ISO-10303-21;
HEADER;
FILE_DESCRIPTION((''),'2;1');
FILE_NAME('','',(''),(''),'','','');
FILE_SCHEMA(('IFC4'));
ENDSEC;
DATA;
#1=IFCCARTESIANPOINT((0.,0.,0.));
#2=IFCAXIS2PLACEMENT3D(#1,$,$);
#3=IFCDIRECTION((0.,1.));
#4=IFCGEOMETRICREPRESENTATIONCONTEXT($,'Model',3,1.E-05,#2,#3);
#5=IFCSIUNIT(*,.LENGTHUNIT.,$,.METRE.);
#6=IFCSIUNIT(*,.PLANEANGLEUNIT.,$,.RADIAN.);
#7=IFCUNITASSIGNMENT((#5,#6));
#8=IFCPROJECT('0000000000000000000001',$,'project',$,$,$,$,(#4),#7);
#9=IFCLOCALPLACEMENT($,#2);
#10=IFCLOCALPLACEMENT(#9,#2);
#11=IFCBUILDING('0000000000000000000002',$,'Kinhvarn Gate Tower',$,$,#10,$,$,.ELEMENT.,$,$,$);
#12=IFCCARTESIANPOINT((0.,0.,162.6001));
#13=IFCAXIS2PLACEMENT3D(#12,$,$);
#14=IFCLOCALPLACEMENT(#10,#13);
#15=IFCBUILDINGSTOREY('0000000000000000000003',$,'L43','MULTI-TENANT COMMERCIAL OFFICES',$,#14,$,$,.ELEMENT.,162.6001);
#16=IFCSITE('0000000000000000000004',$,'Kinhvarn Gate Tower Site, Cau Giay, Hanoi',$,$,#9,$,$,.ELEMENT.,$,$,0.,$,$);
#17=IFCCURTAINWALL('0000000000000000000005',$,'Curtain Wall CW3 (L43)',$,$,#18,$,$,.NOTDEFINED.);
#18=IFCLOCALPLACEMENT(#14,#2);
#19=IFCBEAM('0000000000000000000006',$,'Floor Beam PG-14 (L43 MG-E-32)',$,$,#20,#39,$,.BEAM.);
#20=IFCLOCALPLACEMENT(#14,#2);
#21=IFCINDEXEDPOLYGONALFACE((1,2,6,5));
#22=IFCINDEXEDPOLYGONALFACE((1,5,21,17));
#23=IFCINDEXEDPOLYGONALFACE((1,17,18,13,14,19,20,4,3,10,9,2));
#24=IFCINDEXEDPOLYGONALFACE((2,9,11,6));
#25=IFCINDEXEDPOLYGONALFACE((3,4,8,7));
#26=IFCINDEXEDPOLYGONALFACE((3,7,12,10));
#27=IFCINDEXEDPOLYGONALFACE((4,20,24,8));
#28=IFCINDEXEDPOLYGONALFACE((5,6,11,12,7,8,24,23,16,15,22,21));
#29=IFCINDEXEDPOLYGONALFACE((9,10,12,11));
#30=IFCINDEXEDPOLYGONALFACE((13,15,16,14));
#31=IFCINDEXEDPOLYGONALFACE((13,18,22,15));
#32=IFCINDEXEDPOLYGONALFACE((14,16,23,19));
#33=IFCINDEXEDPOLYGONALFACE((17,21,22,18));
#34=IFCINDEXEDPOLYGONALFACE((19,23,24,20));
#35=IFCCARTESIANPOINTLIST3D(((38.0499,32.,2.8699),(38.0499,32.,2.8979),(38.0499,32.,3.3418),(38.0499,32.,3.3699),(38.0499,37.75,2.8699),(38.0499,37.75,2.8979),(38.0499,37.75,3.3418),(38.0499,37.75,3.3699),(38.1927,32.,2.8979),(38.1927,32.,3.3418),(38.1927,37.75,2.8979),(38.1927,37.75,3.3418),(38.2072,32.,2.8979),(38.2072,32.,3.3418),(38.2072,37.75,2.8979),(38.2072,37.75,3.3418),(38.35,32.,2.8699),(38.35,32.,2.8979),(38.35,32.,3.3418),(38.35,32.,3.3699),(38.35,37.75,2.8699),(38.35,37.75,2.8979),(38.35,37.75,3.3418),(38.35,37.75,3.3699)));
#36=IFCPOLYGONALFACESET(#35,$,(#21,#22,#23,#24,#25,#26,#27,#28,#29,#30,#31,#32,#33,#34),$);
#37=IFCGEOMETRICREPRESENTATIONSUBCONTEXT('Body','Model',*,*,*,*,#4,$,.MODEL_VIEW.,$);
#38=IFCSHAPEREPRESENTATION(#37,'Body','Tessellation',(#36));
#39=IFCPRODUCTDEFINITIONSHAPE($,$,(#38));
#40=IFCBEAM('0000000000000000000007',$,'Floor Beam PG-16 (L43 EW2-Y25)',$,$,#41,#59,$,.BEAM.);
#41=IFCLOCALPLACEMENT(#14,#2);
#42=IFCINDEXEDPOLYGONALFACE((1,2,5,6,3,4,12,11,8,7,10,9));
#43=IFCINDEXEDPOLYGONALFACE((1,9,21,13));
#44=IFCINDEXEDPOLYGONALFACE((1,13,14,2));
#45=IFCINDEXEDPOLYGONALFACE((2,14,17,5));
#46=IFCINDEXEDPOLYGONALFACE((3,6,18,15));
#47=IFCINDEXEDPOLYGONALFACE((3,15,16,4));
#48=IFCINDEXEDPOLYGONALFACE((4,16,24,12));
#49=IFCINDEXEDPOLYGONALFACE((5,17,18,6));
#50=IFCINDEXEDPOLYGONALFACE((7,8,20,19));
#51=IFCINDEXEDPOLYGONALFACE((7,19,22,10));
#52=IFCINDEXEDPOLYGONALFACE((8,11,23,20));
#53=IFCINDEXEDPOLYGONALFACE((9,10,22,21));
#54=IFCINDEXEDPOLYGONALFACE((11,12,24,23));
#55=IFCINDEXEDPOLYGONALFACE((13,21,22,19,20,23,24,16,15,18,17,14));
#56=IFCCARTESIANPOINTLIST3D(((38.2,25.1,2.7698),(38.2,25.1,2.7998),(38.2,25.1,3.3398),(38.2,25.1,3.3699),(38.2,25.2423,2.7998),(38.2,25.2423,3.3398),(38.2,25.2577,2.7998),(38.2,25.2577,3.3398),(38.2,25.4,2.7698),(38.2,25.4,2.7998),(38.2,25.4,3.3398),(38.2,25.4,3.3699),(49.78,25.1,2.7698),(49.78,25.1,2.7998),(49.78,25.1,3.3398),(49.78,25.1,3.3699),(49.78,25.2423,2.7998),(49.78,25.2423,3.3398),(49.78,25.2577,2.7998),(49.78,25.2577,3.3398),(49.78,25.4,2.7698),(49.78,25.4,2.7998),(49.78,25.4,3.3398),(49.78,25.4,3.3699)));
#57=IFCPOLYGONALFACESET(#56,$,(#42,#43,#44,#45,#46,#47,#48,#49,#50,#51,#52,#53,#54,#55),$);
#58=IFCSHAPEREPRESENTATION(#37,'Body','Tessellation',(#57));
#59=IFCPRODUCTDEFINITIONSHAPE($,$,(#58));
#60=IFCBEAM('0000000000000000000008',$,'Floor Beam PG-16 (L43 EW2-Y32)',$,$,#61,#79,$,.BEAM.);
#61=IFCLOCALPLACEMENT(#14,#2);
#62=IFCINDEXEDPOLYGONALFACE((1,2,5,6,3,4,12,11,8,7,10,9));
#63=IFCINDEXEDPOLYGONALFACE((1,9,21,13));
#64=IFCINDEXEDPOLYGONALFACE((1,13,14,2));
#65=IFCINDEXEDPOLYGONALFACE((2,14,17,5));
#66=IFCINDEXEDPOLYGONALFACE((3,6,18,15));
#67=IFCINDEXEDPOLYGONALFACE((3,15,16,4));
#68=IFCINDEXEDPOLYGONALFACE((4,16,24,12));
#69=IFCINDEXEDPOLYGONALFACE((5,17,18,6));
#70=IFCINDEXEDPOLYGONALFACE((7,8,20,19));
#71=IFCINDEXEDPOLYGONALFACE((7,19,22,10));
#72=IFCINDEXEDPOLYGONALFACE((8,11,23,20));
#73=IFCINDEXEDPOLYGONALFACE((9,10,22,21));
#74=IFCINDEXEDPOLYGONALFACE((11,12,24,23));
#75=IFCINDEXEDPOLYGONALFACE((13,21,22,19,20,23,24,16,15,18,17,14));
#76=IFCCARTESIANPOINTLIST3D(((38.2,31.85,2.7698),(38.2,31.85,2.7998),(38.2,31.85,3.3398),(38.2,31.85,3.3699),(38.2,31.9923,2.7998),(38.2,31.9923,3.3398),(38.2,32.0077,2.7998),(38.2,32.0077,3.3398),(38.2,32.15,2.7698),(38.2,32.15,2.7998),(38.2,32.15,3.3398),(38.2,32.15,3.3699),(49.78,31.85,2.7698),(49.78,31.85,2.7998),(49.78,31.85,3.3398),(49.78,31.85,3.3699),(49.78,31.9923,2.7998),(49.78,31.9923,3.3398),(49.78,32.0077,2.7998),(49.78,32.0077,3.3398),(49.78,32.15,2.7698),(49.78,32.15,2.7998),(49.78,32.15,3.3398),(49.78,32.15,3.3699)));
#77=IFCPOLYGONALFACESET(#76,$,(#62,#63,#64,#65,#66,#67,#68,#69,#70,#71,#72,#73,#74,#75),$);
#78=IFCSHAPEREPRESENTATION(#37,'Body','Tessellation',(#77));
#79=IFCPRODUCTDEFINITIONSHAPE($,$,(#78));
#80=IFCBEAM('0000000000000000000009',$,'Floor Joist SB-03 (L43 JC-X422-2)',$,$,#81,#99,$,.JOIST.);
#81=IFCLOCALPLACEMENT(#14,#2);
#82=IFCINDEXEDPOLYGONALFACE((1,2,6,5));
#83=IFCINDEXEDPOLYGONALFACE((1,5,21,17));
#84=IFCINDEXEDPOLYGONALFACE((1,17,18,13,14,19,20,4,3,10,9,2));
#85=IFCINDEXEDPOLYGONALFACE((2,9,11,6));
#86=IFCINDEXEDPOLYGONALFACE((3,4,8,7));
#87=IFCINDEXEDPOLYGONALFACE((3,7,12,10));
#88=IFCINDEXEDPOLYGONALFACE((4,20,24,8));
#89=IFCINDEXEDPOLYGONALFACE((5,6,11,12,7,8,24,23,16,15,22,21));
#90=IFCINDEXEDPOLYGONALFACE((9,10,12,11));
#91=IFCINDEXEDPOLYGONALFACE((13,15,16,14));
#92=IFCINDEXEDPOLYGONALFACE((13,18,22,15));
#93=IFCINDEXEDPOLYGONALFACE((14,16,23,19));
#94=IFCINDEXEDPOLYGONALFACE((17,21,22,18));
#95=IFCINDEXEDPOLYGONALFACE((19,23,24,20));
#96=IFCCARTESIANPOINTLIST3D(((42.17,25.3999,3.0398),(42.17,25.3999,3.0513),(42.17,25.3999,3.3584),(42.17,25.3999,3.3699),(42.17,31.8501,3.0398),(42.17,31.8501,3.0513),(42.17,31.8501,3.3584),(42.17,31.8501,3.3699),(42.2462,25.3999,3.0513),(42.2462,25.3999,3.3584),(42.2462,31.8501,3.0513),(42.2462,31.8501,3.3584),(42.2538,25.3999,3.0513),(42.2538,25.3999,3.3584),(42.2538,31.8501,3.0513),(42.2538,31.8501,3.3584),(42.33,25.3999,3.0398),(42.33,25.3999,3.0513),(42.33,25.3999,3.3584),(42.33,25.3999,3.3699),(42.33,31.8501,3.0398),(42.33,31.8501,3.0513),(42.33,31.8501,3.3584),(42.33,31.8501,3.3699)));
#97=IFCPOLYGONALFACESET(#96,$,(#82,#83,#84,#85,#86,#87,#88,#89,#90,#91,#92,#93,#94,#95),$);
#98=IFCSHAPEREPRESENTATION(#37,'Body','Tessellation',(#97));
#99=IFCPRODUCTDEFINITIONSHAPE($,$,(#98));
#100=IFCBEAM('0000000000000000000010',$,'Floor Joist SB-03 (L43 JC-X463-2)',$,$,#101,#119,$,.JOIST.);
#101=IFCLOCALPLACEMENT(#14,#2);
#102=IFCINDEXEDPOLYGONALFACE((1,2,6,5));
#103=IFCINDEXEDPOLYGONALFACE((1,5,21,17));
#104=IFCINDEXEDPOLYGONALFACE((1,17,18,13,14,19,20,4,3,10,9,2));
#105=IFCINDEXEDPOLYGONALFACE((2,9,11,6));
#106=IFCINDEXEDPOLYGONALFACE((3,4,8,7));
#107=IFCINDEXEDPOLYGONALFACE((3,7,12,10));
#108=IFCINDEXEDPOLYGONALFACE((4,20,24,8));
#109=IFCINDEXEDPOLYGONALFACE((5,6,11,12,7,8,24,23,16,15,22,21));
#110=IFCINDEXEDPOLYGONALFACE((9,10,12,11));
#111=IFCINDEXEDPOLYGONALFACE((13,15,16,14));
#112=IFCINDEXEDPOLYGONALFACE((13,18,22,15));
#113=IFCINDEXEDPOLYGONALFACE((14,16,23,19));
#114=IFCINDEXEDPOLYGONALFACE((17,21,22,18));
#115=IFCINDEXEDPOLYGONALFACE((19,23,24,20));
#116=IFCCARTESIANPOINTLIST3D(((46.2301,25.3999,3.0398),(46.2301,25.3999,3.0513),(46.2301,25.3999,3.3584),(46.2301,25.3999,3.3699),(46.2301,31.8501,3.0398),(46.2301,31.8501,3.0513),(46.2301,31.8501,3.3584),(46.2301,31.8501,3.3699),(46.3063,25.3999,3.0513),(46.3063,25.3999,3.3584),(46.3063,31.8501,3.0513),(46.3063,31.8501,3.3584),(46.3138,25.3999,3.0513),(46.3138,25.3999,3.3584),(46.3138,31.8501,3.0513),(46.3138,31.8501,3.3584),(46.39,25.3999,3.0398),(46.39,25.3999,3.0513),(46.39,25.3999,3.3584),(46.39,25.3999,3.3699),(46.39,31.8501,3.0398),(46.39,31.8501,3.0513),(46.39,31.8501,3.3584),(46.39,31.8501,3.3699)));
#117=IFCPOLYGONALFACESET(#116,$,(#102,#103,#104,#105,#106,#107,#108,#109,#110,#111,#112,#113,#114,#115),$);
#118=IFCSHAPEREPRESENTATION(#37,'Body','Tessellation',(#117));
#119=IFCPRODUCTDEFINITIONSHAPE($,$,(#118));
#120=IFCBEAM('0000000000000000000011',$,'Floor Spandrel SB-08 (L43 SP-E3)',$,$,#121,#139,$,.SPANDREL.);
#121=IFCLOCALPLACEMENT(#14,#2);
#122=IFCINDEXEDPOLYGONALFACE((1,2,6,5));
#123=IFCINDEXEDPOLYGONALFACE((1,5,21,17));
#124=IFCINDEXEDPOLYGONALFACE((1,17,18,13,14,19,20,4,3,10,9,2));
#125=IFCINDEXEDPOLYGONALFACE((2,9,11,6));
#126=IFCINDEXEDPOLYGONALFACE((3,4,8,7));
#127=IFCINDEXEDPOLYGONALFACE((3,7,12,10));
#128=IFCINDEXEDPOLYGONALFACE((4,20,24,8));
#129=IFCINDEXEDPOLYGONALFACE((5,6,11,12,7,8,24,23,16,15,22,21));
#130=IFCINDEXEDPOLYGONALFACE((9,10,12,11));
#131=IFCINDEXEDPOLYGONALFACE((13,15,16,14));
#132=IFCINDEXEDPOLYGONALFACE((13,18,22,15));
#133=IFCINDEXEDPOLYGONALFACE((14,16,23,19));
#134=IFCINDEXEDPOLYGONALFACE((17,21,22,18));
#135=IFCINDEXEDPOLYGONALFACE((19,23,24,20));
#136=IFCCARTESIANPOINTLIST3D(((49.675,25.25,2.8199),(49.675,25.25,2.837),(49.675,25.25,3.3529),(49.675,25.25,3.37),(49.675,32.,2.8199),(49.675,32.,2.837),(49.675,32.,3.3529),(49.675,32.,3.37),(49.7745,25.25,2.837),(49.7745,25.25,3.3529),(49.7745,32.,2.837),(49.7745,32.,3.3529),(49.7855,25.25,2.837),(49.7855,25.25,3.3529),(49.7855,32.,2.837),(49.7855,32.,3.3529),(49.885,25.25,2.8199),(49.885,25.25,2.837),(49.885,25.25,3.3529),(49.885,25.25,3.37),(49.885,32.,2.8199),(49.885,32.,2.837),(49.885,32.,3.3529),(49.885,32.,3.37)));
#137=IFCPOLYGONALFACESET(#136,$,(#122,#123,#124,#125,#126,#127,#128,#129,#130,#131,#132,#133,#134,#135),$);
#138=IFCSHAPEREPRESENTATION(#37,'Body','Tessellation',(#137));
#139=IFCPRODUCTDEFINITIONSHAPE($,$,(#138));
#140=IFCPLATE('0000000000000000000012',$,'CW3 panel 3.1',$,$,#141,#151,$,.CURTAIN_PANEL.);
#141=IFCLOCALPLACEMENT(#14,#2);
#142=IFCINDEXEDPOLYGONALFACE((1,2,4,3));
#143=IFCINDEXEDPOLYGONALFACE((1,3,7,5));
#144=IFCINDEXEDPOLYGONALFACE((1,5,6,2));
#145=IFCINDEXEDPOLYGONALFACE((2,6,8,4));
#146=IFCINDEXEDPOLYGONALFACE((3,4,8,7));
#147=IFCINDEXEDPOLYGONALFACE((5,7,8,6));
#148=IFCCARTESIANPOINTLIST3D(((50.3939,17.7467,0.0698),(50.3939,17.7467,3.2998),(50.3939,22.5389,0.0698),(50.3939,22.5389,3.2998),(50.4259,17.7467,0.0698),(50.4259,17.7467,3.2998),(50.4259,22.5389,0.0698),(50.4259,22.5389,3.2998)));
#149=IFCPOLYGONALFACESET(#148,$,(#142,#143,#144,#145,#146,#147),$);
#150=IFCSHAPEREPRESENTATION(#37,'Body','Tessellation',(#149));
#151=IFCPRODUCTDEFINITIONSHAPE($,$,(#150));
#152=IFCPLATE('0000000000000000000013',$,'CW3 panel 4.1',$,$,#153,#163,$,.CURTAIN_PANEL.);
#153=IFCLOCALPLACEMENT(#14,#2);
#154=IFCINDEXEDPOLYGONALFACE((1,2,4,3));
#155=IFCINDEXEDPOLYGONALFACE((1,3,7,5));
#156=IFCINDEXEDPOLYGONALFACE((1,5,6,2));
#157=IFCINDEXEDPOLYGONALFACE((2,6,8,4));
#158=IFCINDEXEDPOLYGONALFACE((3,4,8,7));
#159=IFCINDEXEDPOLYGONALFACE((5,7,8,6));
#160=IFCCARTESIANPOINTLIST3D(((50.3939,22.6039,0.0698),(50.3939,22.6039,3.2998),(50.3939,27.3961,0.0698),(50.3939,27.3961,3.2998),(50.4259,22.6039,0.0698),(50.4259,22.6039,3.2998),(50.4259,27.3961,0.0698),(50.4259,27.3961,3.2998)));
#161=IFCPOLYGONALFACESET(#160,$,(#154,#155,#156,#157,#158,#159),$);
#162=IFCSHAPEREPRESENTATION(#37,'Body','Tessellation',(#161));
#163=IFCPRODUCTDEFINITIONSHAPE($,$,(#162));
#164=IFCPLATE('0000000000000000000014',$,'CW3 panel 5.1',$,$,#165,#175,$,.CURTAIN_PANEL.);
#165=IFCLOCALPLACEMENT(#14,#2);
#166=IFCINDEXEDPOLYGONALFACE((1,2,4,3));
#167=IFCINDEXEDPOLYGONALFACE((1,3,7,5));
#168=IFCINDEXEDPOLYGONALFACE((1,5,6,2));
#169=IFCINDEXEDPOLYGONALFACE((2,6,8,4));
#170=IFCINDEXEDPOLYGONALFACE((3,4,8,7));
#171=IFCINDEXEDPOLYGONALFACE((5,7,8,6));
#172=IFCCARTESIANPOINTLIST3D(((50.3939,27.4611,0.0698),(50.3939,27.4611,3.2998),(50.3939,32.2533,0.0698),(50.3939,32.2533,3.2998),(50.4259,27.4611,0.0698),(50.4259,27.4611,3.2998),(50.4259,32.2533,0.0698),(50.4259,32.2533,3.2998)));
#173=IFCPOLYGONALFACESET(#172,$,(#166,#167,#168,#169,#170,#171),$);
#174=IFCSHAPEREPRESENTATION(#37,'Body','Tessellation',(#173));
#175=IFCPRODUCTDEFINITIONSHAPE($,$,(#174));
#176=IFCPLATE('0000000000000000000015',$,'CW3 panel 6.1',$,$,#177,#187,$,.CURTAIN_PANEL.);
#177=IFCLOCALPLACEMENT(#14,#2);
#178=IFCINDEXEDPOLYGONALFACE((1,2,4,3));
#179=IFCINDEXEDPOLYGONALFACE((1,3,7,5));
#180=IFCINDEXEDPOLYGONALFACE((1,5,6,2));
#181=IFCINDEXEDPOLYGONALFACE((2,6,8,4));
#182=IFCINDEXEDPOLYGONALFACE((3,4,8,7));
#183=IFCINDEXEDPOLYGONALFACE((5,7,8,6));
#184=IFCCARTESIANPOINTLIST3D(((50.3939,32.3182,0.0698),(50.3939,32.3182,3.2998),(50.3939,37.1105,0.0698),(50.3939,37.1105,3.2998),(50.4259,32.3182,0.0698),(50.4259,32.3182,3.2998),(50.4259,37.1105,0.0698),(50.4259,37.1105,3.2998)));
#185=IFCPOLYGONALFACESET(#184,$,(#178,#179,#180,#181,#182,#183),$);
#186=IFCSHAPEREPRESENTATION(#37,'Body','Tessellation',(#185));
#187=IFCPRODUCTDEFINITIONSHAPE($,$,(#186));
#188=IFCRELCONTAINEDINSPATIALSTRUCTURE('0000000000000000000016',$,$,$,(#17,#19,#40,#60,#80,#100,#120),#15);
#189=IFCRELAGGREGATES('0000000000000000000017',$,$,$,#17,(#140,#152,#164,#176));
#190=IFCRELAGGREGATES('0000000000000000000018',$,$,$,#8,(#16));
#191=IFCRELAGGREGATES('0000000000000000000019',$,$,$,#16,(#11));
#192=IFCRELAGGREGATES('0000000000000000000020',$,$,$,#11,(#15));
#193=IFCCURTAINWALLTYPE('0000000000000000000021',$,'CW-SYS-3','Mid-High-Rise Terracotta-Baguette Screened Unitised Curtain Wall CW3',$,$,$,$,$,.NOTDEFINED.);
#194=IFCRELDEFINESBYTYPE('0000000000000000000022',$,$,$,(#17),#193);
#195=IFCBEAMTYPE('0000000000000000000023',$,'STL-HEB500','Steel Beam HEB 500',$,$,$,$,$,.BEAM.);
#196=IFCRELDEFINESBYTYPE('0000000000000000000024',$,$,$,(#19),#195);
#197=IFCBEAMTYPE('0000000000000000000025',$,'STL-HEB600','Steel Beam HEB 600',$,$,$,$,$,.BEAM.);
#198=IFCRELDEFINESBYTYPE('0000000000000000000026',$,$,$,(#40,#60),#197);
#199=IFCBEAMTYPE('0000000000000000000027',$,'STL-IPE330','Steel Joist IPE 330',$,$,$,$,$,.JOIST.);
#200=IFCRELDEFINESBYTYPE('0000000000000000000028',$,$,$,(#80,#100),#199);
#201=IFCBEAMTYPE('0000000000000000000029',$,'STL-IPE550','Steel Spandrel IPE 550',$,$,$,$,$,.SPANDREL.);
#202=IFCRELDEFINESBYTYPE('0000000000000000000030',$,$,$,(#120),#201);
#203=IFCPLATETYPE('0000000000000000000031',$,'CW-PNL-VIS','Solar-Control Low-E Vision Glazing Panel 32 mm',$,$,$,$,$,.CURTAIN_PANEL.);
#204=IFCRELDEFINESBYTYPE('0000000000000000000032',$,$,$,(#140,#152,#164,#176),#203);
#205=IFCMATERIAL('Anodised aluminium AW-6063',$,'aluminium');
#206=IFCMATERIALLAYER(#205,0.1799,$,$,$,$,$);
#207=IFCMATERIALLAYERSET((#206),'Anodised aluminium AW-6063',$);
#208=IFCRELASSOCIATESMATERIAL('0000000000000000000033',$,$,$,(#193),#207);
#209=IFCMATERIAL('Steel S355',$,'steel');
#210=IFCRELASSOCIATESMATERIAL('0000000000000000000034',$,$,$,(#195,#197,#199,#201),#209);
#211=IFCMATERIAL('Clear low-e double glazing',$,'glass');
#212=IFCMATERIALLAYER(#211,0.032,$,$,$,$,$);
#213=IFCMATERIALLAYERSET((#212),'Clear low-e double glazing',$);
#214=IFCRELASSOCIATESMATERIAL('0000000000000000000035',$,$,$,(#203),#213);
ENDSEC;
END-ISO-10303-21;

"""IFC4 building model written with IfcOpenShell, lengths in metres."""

from ifc_helpers import new_model, si_unit, direction, frame, origin, origin_2d, place, context, subcontext, project, spatial, rectangle, i_section, extrude, material, layer, layer_set, material_profile, profile_set, type_object, element, aggregate, save


model = new_model("IFC4")

# Units and contexts
model_context = context("Model", 3, precision=1e-05, world=origin(), true_north=direction((0.0, 1.0)))
body_context = subcontext(model_context, "Body", "Model", "MODEL_VIEW")
ifc_project = project(units=[si_unit("LENGTHUNIT", "METRE"), si_unit("PLANEANGLEUNIT", "RADIAN")], contexts=[model_context])

# Site, building, storey
site_placement = place(None, origin())
site = spatial("IfcSite", under=ifc_project, at=site_placement, Name="Kinhvarn Gate Tower Site, Cau Giay, Hanoi", CompositionType="ELEMENT", RefElevation=0.0)
building_placement = place(site_placement, origin())
building = spatial("IfcBuilding", under=site, at=building_placement, Name="Kinhvarn Gate Tower", CompositionType="ELEMENT")
storey_placement = place(building_placement, frame((0.0, 0.0, 162.6001)))
storey = spatial("IfcBuildingStorey", under=building, at=storey_placement, Name="L43", Description="MULTI-TENANT COMMERCIAL OFFICES", CompositionType="ELEMENT", Elevation=162.6001)

# Curtain wall
ifc_material_1 = material(Name="Anodised aluminium AW-6063", Category="aluminium")
ifc_layer_1 = layer(ifc_material_1, 0.1799)
ifc_layer_set_1 = layer_set([ifc_layer_1], Name="Anodised aluminium AW-6063")
curtain_wall_type = type_object("IfcCurtainWallType", Name="CW-SYS-3", Description="Mid-High-Rise Terracotta-Baguette Screened Unitised Curtain Wall CW3", PredefinedType="NOTDEFINED", material=ifc_layer_set_1)
curtain_wall_placement = place(storey_placement, origin())
curtain_wall = element("IfcCurtainWall", 1, at=curtain_wall_placement, inside=storey, type_object=curtain_wall_type, Name="Curtain Wall CW3 (L43)", PredefinedType="NOTDEFINED")

# Beams
ifc_material_2 = material(Name="Steel S355", Category="steel")
ifc_material_profile_1 = material_profile(ifc_material_2, i_section(OverallWidth=0.3, OverallDepth=0.5, WebThickness=0.0144, FlangeThickness=0.0281, at=origin_2d()), Name="HEB 500")
ifc_profile_set_1 = profile_set([ifc_material_profile_1], Name="Steel S355")
beam_type_1 = type_object("IfcBeamType", Name="STL-HEB500", Description="Steel Beam HEB 500", PredefinedType="BEAM", material=ifc_profile_set_1)
beam_1_placement = place(storey_placement, frame((38.2, 32.0, 3.1199), z_axis=(0.0, 1.0, 0.0), x_axis=(-1.0, 0.0, 0.0)))
element("IfcBeam", 2, at=beam_1_placement, inside=storey, type_object=beam_type_1, Name="Floor Beam PG-14 (L43 MG-E-32)", PredefinedType="BEAM", context=body_context, shape_type="SweptSolid", body=[
    extrude(i_section(OverallWidth=0.3, OverallDepth=0.5, WebThickness=0.0144, FlangeThickness=0.0281, at=origin_2d()), origin(), (0.0, 0.0, 1.0), 5.75),
])
ifc_material_profile_2 = material_profile(ifc_material_2, i_section(OverallWidth=0.3, OverallDepth=0.6001, WebThickness=0.0154, FlangeThickness=0.03, at=origin_2d()), Name="HEB 600")
ifc_profile_set_2 = profile_set([ifc_material_profile_2], Name="Steel S355")
beam_type_2 = type_object("IfcBeamType", Name="STL-HEB600", Description="Steel Beam HEB 600", PredefinedType="BEAM", material=ifc_profile_set_2)
for number, where, z_axis, x_axis, name in (
    (3, (38.2, 25.25, 3.0698), (1.0, 0.0, 0.0), (0.0, 1.0, 0.0), "Floor Beam PG-16 (L43 EW2-Y25)"),
    (4, (38.2, 32.0, 3.0698), (1.0, 0.0, 0.0), (0.0, 1.0, 0.0), "Floor Beam PG-16 (L43 EW2-Y32)"),
):
    element("IfcBeam", number, at=place(storey_placement, frame(where, z_axis=z_axis, x_axis=x_axis)), inside=storey, type_object=beam_type_2, Name=name, PredefinedType="BEAM", context=body_context, shape_type="SweptSolid", body=[
        extrude(i_section(OverallWidth=0.3, OverallDepth=0.6001, WebThickness=0.0154, FlangeThickness=0.03, at=origin_2d()), origin(), (0.0, 0.0, 1.0), 11.5801),
    ])
ifc_material_profile_3 = material_profile(ifc_material_2, i_section(OverallWidth=0.1599, OverallDepth=0.3301, WebThickness=0.0076, FlangeThickness=0.0115, at=origin_2d()), Name="IPE 330")
ifc_profile_set_3 = profile_set([ifc_material_profile_3], Name="Steel S355")
beam_type_3 = type_object("IfcBeamType", Name="STL-IPE330", Description="Steel Joist IPE 330", PredefinedType="JOIST", material=ifc_profile_set_3)
for number, where, z_axis, x_axis, name in (
    (5, (42.25, 25.3999, 3.2048), (0.0, 1.0, 0.0), (-1.0, 0.0, 0.0), "Floor Joist SB-03 (L43 JC-X422-2)"),
    (6, (46.3101, 25.3999, 3.2048), (0.0, 1.0, 0.0), (-1.0, 0.0, 0.0), "Floor Joist SB-03 (L43 JC-X463-2)"),
):
    element("IfcBeam", number, at=place(storey_placement, frame(where, z_axis=z_axis, x_axis=x_axis)), inside=storey, type_object=beam_type_3, Name=name, PredefinedType="JOIST", context=body_context, shape_type="SweptSolid", body=[
        extrude(i_section(OverallWidth=0.1599, OverallDepth=0.3301, WebThickness=0.0076, FlangeThickness=0.0115, at=origin_2d()), origin(), (0.0, 0.0, 1.0), 6.4502),
    ])
ifc_material_profile_4 = material_profile(ifc_material_2, i_section(OverallWidth=0.21, OverallDepth=0.55, WebThickness=0.011, FlangeThickness=0.0171, at=origin_2d()), Name="IPE 550")
ifc_profile_set_4 = profile_set([ifc_material_profile_4], Name="Steel S355")
beam_type_4 = type_object("IfcBeamType", Name="STL-IPE550", Description="Steel Spandrel IPE 550", PredefinedType="SPANDREL", material=ifc_profile_set_4)
beam_2_placement = place(storey_placement, frame((49.78, 25.25, 3.095), z_axis=(0.0, 1.0, 0.0), x_axis=(-1.0, 0.0, 0.0)))
element("IfcBeam", 7, at=beam_2_placement, inside=storey, type_object=beam_type_4, Name="Floor Spandrel SB-08 (L43 SP-E3)", PredefinedType="SPANDREL", context=body_context, shape_type="SweptSolid", body=[
    extrude(i_section(OverallWidth=0.21, OverallDepth=0.55, WebThickness=0.011, FlangeThickness=0.0171, at=origin_2d()), origin(), (0.0, 0.0, 1.0), 6.75),
])

# Plates
ifc_material_3 = material(Name="Clear low-e double glazing", Category="glass")
ifc_layer_2 = layer(ifc_material_3, 0.032)
ifc_layer_set_2 = layer_set([ifc_layer_2], Name="Clear low-e double glazing")
plate_type = type_object("IfcPlateType", Name="CW-PNL-VIS", Description="Solar-Control Low-E Vision Glazing Panel 32 mm", PredefinedType="CURTAIN_PANEL", material=ifc_layer_set_2)
plate_1_placement = place(storey_placement, frame((50.4099, 20.1428, 0.0698), z_axis=(0.0, 0.0, 1.0), x_axis=(0.0, 1.0, 0.0)))
plate_1 = element("IfcPlate", 8, at=plate_1_placement, type_object=plate_type, Name="CW3 panel 3.1", PredefinedType="CURTAIN_PANEL", context=body_context, shape_type="SweptSolid", body=[
    extrude(rectangle(XDim=4.7922, YDim=0.032, at=origin_2d()), origin(), (0.0, 0.0, 1.0), 3.23),
])
plate_2_placement = place(storey_placement, frame((50.4099, 25.0, 0.0698), z_axis=(0.0, 0.0, 1.0), x_axis=(0.0, 1.0, 0.0)))
plate_2 = element("IfcPlate", 9, at=plate_2_placement, type_object=plate_type, Name="CW3 panel 4.1", PredefinedType="CURTAIN_PANEL", context=body_context, shape_type="SweptSolid", body=[
    extrude(rectangle(XDim=4.7922, YDim=0.032, at=origin_2d()), origin(), (0.0, 0.0, 1.0), 3.23),
])
plate_3_placement = place(storey_placement, frame((50.4099, 29.8572, 0.0698), z_axis=(0.0, 0.0, 1.0), x_axis=(0.0, 1.0, 0.0)))
plate_3 = element("IfcPlate", 10, at=plate_3_placement, type_object=plate_type, Name="CW3 panel 5.1", PredefinedType="CURTAIN_PANEL", context=body_context, shape_type="SweptSolid", body=[
    extrude(rectangle(XDim=4.7922, YDim=0.032, at=origin_2d()), origin(), (0.0, 0.0, 1.0), 3.23),
])
plate_4_placement = place(storey_placement, frame((50.4099, 34.7144, 0.0698), z_axis=(0.0, 0.0, 1.0), x_axis=(0.0, 1.0, 0.0)))
plate_4 = element("IfcPlate", 11, at=plate_4_placement, type_object=plate_type, Name="CW3 panel 6.1", PredefinedType="CURTAIN_PANEL", context=body_context, shape_type="SweptSolid", body=[
    extrude(rectangle(XDim=4.7922, YDim=0.032, at=origin_2d()), origin(), (0.0, 0.0, 1.0), 3.23),
])
aggregate(curtain_wall, [plate_1, plate_2, plate_3, plate_4])

save(model, "model.ifc")
